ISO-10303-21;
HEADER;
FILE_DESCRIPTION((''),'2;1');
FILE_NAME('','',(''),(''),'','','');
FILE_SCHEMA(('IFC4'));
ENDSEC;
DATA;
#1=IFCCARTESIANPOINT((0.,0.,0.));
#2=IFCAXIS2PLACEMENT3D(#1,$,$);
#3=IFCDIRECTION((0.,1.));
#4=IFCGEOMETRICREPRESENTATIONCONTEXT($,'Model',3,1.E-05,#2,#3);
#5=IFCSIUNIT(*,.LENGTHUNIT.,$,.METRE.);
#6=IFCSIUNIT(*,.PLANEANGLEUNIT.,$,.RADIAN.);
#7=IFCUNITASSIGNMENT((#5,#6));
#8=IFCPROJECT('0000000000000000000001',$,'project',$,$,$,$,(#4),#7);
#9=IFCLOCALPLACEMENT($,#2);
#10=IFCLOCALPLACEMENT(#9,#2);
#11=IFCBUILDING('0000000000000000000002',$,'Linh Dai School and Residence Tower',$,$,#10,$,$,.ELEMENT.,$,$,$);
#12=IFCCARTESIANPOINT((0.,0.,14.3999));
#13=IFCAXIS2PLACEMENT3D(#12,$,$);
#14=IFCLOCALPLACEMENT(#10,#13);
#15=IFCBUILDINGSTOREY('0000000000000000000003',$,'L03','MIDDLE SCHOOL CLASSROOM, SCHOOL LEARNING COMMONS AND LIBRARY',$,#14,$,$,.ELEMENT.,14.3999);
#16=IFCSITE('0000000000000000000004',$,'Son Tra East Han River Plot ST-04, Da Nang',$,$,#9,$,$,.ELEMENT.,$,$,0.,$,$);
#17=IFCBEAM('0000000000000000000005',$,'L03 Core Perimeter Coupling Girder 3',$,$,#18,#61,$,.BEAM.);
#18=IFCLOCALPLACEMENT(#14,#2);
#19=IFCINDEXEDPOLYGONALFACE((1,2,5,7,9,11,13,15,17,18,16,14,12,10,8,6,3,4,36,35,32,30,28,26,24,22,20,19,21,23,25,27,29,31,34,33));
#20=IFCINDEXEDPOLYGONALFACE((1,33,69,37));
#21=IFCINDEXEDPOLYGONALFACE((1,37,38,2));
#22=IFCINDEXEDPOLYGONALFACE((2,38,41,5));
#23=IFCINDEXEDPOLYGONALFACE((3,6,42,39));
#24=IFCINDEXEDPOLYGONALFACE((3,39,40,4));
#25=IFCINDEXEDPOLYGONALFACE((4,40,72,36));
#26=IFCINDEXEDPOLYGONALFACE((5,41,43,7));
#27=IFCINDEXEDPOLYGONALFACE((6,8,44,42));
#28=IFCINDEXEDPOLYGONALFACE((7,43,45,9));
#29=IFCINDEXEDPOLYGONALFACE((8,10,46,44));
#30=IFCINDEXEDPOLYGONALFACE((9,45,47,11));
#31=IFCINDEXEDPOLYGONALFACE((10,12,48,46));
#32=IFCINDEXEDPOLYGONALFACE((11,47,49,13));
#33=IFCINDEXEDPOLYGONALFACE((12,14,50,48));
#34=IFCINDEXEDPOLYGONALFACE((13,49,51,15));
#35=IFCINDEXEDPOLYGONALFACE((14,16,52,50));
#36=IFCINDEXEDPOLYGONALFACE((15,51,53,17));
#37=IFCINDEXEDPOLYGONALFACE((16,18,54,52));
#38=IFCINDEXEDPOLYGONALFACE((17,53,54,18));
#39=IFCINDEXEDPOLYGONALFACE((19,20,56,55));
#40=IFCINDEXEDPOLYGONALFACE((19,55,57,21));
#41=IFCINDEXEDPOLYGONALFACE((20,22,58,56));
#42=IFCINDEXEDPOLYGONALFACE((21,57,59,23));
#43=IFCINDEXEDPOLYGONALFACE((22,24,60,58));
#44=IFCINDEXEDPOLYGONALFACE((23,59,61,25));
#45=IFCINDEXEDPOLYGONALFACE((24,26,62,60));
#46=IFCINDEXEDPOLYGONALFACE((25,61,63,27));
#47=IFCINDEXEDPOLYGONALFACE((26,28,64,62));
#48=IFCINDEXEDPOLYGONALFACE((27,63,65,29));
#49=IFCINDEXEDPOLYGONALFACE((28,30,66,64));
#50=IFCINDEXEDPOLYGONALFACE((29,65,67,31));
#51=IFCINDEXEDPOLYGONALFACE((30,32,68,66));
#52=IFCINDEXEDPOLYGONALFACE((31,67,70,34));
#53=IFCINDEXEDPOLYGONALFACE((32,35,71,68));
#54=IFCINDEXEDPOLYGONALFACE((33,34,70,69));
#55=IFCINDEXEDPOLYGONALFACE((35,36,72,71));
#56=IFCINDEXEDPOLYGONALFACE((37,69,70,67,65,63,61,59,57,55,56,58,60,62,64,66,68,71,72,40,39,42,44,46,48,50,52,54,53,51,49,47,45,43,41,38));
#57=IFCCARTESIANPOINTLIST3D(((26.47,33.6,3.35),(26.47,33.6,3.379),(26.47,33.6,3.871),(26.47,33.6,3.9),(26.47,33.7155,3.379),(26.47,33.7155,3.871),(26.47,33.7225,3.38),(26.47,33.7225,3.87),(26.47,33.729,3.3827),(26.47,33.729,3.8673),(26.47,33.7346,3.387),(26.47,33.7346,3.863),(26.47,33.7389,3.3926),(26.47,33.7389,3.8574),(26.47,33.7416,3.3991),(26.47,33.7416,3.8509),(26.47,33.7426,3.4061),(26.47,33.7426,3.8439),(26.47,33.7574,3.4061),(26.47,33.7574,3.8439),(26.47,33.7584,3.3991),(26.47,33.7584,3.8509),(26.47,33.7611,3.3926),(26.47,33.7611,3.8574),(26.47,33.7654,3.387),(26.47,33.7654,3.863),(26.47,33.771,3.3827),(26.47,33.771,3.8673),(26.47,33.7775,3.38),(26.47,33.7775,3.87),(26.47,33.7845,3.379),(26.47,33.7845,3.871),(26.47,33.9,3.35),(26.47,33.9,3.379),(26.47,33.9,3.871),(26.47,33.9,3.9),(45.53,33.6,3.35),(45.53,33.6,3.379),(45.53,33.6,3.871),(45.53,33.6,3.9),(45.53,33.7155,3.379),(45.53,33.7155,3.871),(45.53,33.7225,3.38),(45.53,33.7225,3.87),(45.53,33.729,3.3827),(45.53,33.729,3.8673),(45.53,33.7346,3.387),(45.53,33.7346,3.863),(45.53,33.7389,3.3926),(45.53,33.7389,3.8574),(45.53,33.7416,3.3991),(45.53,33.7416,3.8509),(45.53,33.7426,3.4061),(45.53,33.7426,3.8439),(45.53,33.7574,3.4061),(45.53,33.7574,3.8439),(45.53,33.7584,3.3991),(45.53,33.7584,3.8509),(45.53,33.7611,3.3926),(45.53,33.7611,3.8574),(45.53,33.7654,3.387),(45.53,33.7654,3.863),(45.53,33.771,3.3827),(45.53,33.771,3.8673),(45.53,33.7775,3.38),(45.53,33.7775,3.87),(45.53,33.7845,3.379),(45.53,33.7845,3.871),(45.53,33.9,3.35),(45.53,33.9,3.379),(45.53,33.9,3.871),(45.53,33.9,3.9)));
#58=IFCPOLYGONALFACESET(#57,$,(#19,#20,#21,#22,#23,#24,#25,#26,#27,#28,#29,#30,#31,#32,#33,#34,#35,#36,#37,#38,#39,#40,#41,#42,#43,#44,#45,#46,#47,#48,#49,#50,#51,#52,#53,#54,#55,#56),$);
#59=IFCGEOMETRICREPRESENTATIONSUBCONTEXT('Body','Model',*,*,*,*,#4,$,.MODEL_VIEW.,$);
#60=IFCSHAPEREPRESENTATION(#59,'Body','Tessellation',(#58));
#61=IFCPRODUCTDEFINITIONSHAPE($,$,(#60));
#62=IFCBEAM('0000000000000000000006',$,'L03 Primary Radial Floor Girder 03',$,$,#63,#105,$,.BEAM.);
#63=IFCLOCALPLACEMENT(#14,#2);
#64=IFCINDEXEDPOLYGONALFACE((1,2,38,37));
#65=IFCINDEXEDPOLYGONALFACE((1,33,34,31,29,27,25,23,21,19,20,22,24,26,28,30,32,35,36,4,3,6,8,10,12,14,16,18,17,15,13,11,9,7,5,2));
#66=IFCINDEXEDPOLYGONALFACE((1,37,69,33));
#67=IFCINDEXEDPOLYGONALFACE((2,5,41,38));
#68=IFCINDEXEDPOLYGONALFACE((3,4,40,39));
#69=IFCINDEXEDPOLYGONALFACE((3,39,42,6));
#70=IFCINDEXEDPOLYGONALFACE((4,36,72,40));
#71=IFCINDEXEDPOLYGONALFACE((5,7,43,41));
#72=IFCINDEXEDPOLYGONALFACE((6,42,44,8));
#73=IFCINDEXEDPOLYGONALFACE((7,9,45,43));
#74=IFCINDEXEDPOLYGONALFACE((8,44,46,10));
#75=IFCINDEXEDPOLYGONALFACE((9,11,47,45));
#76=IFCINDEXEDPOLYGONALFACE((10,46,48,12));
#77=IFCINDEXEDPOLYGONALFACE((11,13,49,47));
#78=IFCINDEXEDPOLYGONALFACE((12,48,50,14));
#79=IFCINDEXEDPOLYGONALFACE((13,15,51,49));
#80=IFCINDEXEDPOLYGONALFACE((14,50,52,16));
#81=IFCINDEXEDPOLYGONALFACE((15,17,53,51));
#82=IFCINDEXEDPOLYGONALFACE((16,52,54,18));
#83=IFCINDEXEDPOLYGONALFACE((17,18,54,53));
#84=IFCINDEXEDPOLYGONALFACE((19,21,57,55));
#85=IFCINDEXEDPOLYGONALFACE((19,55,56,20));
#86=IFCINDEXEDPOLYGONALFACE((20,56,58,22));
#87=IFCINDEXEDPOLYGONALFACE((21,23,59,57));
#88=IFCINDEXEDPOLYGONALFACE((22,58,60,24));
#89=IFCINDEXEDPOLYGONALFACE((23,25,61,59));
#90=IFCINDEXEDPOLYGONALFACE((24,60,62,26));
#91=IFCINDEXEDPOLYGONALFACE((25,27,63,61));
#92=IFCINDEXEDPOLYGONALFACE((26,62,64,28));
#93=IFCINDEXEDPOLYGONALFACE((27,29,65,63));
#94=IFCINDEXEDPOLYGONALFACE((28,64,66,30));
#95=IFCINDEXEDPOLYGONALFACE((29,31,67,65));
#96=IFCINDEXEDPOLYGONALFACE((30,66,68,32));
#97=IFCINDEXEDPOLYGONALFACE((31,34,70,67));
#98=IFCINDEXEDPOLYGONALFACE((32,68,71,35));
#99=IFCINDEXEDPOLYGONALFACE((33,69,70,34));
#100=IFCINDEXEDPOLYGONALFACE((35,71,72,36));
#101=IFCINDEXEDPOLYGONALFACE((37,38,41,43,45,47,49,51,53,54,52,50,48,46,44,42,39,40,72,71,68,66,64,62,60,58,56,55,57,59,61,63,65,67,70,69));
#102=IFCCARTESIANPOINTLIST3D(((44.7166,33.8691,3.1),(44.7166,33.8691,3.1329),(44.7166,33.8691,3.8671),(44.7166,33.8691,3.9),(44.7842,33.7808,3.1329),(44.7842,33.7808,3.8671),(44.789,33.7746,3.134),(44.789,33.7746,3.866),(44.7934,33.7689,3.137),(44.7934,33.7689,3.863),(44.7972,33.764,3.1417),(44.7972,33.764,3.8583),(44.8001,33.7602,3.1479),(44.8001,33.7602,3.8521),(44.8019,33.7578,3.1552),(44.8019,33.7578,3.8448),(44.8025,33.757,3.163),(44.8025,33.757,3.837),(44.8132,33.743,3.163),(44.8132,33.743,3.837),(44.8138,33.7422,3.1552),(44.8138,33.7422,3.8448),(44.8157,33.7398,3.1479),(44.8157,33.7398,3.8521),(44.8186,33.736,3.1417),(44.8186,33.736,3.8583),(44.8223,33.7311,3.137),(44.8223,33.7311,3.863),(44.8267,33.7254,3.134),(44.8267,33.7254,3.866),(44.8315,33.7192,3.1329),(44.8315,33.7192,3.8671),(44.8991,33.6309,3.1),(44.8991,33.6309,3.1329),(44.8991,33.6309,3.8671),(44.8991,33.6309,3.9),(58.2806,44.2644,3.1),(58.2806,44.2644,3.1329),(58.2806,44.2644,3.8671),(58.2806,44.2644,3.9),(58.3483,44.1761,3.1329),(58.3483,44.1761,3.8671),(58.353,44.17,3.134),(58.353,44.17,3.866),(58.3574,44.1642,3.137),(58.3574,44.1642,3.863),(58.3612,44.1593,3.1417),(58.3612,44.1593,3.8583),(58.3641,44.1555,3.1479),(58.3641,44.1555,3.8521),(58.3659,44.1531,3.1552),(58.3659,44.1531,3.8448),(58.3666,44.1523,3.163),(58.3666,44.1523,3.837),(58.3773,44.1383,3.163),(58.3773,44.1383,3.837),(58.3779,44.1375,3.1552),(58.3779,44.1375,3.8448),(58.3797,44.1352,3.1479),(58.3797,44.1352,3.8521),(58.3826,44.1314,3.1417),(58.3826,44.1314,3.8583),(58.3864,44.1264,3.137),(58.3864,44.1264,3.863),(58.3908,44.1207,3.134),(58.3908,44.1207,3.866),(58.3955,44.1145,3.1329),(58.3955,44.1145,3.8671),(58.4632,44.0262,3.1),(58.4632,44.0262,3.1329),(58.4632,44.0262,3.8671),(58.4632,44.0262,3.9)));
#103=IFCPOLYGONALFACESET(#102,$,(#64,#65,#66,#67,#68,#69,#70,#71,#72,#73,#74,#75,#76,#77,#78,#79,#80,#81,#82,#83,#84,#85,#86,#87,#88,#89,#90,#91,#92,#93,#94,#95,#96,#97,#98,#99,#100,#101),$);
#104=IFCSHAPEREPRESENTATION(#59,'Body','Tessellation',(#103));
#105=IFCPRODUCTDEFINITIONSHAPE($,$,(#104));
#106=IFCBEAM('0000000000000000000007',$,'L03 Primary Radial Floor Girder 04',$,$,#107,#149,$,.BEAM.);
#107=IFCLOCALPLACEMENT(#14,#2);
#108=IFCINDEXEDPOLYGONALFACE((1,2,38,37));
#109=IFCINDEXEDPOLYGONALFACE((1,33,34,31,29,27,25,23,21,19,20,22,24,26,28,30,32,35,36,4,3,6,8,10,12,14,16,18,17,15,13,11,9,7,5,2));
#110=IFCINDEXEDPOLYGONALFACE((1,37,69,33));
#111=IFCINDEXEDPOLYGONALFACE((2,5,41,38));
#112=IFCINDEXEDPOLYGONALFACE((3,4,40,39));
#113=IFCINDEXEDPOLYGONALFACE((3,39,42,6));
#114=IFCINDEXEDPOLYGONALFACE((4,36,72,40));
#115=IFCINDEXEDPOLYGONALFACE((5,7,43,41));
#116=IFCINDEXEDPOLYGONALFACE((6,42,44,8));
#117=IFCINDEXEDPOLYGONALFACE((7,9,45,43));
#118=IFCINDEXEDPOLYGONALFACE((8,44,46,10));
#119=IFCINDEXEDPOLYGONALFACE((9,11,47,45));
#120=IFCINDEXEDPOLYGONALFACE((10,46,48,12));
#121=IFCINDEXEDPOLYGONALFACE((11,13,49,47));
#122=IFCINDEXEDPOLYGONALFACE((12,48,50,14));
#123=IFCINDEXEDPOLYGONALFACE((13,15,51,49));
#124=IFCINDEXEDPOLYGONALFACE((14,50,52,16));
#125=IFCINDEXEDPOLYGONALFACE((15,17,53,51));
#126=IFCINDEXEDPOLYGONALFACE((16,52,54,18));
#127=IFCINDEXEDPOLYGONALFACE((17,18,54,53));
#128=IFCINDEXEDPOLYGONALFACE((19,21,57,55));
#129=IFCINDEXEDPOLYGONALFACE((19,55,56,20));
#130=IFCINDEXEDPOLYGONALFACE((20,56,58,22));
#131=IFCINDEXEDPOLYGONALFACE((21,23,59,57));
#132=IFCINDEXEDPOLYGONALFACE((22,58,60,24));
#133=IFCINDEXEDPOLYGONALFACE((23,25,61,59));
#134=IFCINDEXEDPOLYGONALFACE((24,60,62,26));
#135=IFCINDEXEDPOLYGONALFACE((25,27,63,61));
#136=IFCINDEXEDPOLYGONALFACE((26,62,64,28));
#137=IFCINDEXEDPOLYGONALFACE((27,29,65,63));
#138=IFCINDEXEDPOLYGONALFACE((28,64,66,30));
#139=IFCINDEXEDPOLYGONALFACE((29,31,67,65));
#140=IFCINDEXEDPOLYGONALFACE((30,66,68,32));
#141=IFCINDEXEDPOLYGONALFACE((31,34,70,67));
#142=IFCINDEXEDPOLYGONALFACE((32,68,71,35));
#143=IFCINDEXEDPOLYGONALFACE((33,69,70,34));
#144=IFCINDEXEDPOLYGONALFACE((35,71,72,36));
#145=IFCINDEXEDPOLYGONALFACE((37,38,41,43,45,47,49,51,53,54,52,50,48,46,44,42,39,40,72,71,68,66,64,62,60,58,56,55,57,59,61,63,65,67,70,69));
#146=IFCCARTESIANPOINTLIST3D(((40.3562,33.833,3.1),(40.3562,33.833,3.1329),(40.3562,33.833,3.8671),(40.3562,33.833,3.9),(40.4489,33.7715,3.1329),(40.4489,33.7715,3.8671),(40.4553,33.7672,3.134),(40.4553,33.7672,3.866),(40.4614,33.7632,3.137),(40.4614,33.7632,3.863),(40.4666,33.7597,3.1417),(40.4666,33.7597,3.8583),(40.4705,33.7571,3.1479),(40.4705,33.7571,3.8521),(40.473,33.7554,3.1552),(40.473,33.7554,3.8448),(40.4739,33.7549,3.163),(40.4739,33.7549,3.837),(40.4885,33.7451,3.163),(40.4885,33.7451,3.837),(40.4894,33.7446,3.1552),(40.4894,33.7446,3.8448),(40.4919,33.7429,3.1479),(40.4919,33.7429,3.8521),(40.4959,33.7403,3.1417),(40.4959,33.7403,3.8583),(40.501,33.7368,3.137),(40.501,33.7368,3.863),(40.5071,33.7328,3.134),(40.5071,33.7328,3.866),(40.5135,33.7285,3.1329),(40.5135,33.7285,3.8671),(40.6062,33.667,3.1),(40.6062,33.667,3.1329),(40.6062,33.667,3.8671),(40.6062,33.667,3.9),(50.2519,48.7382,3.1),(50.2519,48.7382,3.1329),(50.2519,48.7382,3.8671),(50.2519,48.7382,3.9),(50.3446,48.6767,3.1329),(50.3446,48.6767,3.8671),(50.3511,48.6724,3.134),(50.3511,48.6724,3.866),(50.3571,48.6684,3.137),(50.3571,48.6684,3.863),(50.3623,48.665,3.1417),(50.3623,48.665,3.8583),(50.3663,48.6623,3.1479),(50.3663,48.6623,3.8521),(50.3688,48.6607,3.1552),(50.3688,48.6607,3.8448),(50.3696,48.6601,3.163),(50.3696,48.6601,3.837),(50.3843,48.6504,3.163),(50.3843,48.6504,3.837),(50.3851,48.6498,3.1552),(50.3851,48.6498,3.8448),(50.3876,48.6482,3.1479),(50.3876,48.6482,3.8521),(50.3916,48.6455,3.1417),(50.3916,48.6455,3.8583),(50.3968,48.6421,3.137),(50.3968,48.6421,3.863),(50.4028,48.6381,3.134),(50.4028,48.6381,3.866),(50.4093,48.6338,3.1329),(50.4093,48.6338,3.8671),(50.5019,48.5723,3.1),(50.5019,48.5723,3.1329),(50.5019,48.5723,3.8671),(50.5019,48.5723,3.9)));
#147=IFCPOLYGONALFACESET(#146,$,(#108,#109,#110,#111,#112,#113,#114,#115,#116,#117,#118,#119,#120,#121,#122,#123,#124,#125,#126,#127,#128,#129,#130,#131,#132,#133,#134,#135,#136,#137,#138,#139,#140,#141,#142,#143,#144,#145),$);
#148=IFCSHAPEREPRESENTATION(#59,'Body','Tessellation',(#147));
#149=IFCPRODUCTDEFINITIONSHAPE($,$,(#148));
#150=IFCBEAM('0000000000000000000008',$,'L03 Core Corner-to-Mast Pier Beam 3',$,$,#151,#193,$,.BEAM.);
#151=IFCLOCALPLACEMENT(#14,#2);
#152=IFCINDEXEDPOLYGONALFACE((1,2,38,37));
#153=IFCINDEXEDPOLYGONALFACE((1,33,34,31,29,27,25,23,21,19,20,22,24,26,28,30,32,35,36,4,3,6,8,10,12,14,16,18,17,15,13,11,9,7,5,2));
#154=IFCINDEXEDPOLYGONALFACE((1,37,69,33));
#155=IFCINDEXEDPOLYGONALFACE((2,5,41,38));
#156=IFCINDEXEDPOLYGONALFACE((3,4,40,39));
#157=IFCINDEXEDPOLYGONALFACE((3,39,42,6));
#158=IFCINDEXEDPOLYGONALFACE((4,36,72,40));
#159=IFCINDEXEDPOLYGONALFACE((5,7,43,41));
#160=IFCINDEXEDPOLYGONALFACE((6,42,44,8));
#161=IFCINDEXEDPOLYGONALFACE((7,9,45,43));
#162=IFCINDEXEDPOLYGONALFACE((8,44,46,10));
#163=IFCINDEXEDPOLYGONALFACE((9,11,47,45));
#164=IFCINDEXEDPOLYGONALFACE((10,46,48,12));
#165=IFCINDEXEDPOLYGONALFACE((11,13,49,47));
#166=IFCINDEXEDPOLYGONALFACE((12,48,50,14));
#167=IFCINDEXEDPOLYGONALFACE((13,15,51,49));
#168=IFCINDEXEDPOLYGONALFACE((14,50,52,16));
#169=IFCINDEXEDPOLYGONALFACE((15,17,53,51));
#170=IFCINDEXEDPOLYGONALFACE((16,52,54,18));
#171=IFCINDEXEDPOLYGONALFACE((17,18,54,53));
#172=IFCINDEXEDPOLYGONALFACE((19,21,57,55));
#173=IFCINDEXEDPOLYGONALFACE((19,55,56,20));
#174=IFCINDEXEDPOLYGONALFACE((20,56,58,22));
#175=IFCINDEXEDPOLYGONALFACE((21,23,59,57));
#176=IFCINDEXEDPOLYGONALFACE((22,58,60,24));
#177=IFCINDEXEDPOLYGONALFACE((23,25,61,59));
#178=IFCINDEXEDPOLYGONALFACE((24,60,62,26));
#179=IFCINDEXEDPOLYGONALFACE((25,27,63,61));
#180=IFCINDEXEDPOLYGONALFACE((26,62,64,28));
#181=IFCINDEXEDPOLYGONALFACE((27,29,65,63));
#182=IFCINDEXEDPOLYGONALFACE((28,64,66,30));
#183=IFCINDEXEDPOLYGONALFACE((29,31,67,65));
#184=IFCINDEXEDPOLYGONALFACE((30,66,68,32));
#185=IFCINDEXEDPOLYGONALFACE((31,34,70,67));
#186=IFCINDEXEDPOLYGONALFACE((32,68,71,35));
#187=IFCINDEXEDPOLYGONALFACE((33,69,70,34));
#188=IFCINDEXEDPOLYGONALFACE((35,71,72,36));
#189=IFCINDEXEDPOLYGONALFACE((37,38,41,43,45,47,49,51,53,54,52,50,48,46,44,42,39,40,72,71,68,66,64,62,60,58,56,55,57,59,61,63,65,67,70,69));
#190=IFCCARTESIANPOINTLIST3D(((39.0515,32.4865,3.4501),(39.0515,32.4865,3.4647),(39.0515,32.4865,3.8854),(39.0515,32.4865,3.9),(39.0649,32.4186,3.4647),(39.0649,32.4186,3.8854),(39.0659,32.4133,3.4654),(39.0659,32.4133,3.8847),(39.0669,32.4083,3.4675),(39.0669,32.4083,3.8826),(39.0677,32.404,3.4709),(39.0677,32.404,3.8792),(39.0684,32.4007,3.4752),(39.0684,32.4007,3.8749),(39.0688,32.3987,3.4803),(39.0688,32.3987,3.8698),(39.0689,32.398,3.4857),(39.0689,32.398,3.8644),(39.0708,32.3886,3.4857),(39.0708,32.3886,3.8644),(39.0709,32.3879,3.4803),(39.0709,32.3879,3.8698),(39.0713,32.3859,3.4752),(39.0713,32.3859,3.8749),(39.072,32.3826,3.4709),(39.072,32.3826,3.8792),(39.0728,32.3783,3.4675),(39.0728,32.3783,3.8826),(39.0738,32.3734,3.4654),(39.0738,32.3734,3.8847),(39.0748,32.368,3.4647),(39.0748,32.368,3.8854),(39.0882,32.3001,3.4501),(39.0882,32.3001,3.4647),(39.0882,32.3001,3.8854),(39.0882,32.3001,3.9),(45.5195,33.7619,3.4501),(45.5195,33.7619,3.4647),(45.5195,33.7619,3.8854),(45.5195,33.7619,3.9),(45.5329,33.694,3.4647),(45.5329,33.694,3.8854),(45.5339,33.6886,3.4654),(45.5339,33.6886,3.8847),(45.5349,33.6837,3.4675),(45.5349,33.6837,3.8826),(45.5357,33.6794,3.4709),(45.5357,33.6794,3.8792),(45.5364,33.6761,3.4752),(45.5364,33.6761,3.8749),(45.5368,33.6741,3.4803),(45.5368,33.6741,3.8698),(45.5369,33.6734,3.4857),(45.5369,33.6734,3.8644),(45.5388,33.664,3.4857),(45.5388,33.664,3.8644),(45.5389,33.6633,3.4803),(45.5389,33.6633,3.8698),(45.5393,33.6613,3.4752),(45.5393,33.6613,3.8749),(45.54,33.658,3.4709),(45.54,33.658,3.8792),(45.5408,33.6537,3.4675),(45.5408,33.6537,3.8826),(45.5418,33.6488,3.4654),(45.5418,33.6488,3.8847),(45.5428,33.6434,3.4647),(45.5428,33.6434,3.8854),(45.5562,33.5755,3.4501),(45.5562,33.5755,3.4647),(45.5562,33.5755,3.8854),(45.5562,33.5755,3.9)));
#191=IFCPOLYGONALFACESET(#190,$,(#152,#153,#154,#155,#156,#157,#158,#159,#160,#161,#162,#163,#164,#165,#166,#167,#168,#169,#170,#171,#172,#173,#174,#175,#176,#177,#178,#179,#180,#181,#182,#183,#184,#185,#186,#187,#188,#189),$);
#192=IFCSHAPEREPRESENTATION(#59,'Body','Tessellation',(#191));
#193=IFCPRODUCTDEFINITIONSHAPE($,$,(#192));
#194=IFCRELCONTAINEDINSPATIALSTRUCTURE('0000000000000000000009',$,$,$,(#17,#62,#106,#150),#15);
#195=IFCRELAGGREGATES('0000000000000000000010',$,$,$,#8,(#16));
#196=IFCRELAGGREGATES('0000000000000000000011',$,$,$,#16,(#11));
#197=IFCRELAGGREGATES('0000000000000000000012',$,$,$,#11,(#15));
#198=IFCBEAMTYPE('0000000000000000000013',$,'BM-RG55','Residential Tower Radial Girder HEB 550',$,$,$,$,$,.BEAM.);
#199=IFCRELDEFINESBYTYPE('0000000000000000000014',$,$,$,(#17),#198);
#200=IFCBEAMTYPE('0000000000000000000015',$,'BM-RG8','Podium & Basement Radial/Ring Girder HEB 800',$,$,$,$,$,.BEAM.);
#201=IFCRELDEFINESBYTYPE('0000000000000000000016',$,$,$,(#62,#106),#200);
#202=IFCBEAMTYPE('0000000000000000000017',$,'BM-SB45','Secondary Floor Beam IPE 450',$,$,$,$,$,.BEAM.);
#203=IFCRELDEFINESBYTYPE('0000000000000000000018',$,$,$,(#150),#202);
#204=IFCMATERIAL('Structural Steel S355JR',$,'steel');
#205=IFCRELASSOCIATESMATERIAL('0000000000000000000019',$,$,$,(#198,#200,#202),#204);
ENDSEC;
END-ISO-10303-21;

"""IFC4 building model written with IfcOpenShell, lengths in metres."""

from ifc_helpers import new_model, si_unit, direction, frame, origin, origin_2d, place, context, subcontext, project, spatial, i_section, extrude, material, material_profile, profile_set, type_object, element, save


model = new_model("IFC4")

# Units and contexts
model_context = context("Model", 3, precision=1e-05, world=origin(), true_north=direction((0.0, 1.0)))
body_context = subcontext(model_context, "Body", "Model", "MODEL_VIEW")
ifc_project = project(units=[si_unit("LENGTHUNIT", "METRE"), si_unit("PLANEANGLEUNIT", "RADIAN")], contexts=[model_context])

# Site, building, storey
site_placement = place(None, origin())
site = spatial("IfcSite", under=ifc_project, at=site_placement, Name="Son Tra East Han River Plot ST-04, Da Nang", CompositionType="ELEMENT", RefElevation=0.0)
building_placement = place(site_placement, origin())
building = spatial("IfcBuilding", under=site, at=building_placement, Name="Linh Dai School and Residence Tower", CompositionType="ELEMENT")
storey_placement = place(building_placement, frame((0.0, 0.0, 14.3999)))
storey = spatial("IfcBuildingStorey", under=building, at=storey_placement, Name="L03", Description="MIDDLE SCHOOL CLASSROOM, SCHOOL LEARNING COMMONS AND LIBRARY", CompositionType="ELEMENT", Elevation=14.3999)

# Beams
ifc_material_1 = material(Name="Structural Steel S355JR", Category="steel")
ifc_material_profile_1 = material_profile(ifc_material_1, i_section(OverallWidth=0.3, OverallDepth=0.55, WebThickness=0.0149, FlangeThickness=0.0291, FilletRadius=0.0271, at=origin_2d()), Name="HEB 550")
ifc_profile_set_1 = profile_set([ifc_material_profile_1], Name="Structural Steel S355JR")
beam_type_1 = type_object("IfcBeamType", Name="BM-RG55", Description="Residential Tower Radial Girder HEB 550", PredefinedType="BEAM", material=ifc_profile_set_1)
beam_1_placement = place(storey_placement, frame((45.53, 33.75, 3.625), z_axis=(-1.0, 0.0, 0.0), x_axis=(0.0, -1.0, 0.0)))
element("IfcBeam", 1, at=beam_1_placement, inside=storey, type_object=beam_type_1, Name="L03 Core Perimeter Coupling Girder 3", PredefinedType="BEAM", context=body_context, shape_type="SweptSolid", body=[
    extrude(i_section(OverallWidth=0.3, OverallDepth=0.55, WebThickness=0.0149, FlangeThickness=0.0291, FilletRadius=0.0271, at=origin_2d()), origin(), (0.0, 0.0, 1.0), 19.0601),
])
ifc_material_profile_2 = material_profile(ifc_material_1, i_section(OverallWidth=0.3, OverallDepth=0.8, WebThickness=0.0176, FlangeThickness=0.033, FilletRadius=0.03, at=origin_2d()), Name="HEB 800")
ifc_profile_set_2 = profile_set([ifc_material_profile_2], Name="Structural Steel S355JR")
beam_type_2 = type_object("IfcBeamType", Name="BM-RG8", Description="Podium & Basement Radial/Ring Girder HEB 800", PredefinedType="BEAM", material=ifc_profile_set_2)
beam_2_placement = place(storey_placement, frame((44.8079, 33.75, 3.5), z_axis=(0.793713, 0.608292, 0.0), x_axis=(-0.608292, 0.793713, 0.0)))
element("IfcBeam", 2, at=beam_2_placement, inside=storey, type_object=beam_type_2, Name="L03 Primary Radial Floor Girder 03", PredefinedType="BEAM", context=body_context, shape_type="SweptSolid", body=[
    extrude(i_section(OverallWidth=0.3, OverallDepth=0.8, WebThickness=0.0176, FlangeThickness=0.033, FilletRadius=0.03, at=origin_2d()), origin(), (0.0, 0.0, 1.0), 17.0894),
])
beam_3_placement = place(storey_placement, frame((40.4812, 33.75, 3.5), z_axis=(0.553109, 0.833109, 0.0), x_axis=(-0.833109, 0.553109, 0.0)))
element("IfcBeam", 3, at=beam_3_placement, inside=storey, type_object=beam_type_2, Name="L03 Primary Radial Floor Girder 04", PredefinedType="BEAM", context=body_context, shape_type="SweptSolid", body=[
    extrude(i_section(OverallWidth=0.3, OverallDepth=0.8, WebThickness=0.0176, FlangeThickness=0.033, FilletRadius=0.03, at=origin_2d()), origin(), (0.0, 0.0, 1.0), 17.8911),
])
ifc_material_profile_3 = material_profile(ifc_material_1, i_section(OverallWidth=0.1899, OverallDepth=0.45, WebThickness=0.0095, FlangeThickness=0.0146, FilletRadius=0.021, at=origin_2d()), Name="IPE 450")
ifc_profile_set_3 = profile_set([ifc_material_profile_3], Name="Structural Steel S355JR")
beam_type_3 = type_object("IfcBeamType", Name="BM-SB45", Description="Secondary Floor Beam IPE 450", PredefinedType="BEAM", material=ifc_profile_set_3)
beam_4_placement = place(storey_placement, frame((45.5378, 33.6687, 3.675), z_axis=(-0.981108, -0.193459, 0.0), x_axis=(0.193459, -0.981108, 0.0)))
element("IfcBeam", 4, at=beam_4_placement, inside=storey, type_object=beam_type_3, Name="L03 Core Corner-to-Mast Pier Beam 3", PredefinedType="BEAM", context=body_context, shape_type="SweptSolid", body=[
    extrude(i_section(OverallWidth=0.1899, OverallDepth=0.45, WebThickness=0.0095, FlangeThickness=0.0146, FilletRadius=0.021, at=origin_2d()), origin(), (0.0, 0.0, 1.0), 6.5925),
])

save(model, "model.ifc")
